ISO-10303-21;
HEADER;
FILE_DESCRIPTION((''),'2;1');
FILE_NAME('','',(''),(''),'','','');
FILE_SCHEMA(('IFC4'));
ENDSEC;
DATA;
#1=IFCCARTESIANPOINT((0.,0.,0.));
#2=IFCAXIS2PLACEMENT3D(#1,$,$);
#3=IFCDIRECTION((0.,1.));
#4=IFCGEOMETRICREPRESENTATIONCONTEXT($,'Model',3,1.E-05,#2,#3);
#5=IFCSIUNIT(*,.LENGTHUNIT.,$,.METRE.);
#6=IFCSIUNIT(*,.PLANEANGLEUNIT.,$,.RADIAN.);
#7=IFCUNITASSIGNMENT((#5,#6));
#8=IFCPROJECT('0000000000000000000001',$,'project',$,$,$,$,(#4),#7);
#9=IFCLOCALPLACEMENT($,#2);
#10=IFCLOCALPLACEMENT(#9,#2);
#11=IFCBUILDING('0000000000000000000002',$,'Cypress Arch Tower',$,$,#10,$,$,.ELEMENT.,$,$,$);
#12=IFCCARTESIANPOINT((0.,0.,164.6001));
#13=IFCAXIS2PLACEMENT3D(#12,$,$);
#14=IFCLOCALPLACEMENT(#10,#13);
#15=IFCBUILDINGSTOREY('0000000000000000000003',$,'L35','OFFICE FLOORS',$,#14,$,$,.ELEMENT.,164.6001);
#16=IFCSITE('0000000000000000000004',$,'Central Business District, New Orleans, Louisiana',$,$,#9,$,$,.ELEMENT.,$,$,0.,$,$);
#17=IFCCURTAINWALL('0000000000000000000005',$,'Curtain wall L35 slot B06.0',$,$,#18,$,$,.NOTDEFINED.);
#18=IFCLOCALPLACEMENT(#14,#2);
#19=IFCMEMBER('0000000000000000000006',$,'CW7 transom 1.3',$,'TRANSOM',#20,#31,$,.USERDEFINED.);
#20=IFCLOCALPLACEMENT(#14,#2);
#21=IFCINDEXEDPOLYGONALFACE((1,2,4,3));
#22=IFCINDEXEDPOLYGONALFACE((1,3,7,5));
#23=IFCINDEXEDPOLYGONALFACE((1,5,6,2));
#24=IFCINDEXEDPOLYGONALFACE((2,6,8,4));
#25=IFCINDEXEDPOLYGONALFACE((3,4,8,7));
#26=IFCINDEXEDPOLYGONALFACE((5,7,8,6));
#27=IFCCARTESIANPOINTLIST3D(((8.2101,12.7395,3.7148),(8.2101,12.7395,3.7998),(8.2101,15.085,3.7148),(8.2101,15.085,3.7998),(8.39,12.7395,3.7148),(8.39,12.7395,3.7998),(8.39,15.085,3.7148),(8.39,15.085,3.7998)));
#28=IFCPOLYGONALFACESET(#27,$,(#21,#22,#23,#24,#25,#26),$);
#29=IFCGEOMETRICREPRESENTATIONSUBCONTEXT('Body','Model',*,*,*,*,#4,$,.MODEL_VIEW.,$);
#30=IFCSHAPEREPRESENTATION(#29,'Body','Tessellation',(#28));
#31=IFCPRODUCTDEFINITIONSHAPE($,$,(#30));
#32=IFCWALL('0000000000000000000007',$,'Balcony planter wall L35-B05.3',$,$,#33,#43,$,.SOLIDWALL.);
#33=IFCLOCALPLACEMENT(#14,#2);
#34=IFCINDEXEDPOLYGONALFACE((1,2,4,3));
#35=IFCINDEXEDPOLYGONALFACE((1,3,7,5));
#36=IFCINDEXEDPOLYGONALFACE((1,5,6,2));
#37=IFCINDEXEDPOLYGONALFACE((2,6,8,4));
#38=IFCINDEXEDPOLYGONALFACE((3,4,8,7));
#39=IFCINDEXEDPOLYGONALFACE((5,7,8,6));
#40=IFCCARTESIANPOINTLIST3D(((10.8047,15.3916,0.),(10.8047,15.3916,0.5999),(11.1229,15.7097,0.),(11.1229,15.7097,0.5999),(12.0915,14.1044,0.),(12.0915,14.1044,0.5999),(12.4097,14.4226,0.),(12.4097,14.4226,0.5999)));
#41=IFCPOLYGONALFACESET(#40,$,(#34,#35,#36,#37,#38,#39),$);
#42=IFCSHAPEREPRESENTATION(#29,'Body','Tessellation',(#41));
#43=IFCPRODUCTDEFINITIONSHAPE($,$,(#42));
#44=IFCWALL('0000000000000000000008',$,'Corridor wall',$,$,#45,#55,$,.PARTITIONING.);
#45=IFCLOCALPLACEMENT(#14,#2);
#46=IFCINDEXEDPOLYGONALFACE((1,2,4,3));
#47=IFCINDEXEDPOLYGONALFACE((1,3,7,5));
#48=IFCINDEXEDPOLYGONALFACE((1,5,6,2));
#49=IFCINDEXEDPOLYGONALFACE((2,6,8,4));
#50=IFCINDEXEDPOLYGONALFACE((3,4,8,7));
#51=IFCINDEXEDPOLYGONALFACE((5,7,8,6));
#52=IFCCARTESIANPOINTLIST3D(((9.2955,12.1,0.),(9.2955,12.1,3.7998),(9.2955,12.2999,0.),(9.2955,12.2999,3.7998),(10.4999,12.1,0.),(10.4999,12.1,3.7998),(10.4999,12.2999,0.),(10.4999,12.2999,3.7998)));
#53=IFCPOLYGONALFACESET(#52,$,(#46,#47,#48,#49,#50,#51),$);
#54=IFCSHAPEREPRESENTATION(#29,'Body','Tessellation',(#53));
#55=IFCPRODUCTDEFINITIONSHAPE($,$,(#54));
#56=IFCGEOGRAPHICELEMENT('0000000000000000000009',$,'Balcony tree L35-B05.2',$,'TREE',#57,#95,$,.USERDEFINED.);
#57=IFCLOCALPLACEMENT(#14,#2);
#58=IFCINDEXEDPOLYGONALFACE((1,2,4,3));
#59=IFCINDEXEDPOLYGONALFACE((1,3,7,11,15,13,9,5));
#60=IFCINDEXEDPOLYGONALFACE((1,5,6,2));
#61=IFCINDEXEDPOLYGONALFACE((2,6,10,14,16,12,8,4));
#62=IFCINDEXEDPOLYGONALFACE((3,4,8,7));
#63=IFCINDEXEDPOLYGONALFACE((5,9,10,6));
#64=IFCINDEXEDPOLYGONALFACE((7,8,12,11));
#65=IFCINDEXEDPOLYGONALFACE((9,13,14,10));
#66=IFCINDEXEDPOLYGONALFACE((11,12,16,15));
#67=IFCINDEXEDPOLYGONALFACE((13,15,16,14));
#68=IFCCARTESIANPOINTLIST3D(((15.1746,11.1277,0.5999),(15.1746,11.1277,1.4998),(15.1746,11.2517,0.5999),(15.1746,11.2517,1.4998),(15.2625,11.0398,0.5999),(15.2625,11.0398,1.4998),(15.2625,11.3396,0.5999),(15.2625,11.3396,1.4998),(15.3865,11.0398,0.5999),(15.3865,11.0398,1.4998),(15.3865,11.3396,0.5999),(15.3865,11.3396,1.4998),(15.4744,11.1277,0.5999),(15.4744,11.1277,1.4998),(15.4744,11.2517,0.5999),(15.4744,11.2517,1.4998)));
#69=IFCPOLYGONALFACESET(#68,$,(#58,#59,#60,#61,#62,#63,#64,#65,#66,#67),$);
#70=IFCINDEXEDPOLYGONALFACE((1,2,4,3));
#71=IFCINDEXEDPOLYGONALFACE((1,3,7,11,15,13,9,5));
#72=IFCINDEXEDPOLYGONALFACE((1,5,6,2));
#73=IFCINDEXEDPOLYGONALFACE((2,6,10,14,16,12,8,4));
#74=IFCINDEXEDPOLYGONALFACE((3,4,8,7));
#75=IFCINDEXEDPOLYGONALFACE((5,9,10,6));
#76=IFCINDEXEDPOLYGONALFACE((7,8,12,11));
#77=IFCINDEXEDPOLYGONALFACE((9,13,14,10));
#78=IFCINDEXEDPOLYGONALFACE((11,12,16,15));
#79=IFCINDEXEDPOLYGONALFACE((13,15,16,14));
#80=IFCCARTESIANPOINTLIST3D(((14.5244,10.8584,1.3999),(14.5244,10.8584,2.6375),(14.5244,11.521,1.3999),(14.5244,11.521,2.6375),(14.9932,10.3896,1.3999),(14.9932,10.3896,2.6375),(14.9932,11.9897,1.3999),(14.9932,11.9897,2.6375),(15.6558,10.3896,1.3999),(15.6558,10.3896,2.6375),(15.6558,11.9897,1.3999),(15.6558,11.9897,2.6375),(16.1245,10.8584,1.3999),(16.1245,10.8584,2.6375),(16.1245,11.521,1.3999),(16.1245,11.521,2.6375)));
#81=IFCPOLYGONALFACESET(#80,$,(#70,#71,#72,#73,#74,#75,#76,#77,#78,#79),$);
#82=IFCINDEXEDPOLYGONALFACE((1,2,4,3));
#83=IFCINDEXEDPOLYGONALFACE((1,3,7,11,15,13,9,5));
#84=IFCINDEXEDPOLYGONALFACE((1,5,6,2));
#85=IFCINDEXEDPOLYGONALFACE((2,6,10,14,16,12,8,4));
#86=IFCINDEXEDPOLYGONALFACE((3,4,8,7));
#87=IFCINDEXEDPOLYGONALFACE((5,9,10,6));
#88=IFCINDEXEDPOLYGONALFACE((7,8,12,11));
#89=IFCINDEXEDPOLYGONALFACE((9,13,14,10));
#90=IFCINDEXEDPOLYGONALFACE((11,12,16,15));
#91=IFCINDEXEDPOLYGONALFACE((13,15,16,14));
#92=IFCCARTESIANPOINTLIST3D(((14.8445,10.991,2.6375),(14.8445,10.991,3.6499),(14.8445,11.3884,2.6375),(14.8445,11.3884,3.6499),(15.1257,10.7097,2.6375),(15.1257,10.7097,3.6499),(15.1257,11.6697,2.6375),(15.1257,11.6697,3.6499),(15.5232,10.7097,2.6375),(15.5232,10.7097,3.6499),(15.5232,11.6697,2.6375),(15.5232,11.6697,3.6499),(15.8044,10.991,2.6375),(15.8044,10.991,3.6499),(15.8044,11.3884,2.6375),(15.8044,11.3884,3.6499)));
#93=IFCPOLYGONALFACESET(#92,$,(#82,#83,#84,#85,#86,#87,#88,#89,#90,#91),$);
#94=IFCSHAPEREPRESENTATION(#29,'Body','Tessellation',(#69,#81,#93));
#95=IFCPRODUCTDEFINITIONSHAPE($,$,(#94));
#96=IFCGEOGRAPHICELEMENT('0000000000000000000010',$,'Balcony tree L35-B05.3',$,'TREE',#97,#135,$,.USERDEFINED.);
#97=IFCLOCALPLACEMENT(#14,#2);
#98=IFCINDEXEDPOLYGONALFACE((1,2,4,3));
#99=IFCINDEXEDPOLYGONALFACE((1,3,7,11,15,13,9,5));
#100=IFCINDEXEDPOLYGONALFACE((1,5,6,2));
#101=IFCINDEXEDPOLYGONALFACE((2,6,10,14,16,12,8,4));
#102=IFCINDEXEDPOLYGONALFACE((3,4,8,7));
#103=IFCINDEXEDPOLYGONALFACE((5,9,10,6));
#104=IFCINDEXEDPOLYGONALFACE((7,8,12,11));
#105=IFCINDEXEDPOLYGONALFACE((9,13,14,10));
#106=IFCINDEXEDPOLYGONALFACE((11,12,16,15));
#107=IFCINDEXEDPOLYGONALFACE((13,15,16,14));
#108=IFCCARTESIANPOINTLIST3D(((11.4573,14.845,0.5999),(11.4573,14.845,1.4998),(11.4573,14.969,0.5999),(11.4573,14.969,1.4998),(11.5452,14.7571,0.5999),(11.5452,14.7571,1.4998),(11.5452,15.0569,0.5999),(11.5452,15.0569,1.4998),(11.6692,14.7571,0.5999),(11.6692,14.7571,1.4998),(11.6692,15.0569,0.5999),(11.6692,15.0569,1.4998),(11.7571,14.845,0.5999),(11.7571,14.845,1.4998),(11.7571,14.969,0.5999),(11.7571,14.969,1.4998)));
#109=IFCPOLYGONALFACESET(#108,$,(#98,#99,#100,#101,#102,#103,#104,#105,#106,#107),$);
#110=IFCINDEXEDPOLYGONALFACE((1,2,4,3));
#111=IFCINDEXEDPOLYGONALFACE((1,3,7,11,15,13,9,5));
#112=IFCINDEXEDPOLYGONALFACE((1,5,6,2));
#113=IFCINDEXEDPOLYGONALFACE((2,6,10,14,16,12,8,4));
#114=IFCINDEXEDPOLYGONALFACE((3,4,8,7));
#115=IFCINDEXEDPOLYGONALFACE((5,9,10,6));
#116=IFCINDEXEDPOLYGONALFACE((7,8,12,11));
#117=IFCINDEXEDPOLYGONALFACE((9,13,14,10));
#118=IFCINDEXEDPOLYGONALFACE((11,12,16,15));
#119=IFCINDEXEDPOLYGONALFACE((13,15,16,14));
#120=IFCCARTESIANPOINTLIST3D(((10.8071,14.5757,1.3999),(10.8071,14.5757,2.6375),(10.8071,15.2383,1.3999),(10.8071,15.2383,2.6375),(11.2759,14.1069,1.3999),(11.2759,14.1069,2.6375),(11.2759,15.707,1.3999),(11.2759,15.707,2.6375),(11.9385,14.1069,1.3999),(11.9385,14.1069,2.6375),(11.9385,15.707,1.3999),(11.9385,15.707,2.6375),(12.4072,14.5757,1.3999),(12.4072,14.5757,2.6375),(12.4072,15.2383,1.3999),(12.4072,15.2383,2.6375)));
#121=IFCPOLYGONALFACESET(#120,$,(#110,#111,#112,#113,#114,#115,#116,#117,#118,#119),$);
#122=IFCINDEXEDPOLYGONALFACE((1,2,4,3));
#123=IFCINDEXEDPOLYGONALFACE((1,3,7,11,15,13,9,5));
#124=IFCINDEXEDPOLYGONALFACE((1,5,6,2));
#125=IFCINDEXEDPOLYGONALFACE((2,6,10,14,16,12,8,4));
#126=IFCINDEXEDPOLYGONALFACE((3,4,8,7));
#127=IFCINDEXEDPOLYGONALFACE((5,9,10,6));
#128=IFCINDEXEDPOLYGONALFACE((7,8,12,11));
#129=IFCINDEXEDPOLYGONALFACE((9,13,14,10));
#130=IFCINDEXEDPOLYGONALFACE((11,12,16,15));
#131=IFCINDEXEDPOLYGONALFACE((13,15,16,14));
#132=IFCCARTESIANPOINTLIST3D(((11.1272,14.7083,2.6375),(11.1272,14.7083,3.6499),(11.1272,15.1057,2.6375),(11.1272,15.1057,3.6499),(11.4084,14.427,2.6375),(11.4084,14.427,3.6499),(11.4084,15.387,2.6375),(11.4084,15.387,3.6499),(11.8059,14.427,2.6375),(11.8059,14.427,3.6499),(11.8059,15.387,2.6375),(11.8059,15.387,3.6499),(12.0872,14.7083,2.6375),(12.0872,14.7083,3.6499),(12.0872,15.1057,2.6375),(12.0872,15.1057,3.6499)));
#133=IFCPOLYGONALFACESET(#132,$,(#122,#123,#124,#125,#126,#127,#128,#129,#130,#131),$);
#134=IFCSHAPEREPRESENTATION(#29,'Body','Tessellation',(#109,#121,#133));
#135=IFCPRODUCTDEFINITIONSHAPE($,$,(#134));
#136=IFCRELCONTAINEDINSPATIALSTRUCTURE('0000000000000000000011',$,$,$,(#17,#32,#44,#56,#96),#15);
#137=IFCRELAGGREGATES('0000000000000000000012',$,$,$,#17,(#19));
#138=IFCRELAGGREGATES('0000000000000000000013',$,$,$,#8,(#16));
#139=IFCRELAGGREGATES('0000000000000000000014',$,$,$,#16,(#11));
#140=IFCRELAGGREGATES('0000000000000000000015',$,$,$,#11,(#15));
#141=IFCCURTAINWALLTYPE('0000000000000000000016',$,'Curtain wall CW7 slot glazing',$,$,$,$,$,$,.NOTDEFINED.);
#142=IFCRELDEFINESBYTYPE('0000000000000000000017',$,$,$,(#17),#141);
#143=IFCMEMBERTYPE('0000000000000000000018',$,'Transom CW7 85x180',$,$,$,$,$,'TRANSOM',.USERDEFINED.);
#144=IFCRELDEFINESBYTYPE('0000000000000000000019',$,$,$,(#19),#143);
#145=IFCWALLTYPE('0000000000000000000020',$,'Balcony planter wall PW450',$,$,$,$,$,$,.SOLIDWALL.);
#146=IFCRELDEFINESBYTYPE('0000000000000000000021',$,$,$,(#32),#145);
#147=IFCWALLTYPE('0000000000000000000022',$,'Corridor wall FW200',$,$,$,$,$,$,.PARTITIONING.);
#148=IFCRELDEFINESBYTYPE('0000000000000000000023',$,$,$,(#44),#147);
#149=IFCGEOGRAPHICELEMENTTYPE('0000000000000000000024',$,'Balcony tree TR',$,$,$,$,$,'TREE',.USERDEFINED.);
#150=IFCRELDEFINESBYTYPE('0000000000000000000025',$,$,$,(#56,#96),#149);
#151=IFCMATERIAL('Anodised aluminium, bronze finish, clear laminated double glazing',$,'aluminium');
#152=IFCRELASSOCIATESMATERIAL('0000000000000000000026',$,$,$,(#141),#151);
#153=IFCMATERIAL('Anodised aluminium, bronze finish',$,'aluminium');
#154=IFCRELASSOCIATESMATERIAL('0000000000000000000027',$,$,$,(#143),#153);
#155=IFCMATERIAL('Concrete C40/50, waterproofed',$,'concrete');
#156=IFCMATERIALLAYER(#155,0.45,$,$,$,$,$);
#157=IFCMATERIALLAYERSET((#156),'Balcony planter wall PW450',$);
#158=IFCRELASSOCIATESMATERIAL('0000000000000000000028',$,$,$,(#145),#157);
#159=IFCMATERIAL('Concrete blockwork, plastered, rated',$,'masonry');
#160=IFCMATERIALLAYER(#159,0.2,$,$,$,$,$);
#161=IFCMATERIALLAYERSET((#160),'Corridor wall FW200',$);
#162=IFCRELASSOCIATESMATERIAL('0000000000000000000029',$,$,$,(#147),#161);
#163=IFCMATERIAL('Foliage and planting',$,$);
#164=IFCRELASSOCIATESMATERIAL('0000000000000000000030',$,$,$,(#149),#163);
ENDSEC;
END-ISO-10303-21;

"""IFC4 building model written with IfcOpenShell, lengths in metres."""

from ifc_helpers import new_model, si_unit, direction, frame, frame_2d, origin, origin_2d, place, context, subcontext, project, spatial, polyline, rectangle, outline, extrude, material, layer, layer_set, material_profile, profile_set, type_object, element, aggregate, save


model = new_model("IFC4")

# Units and contexts
model_context = context("Model", 3, precision=1e-05, world=origin(), true_north=direction((0.0, 1.0)))
body_context = subcontext(model_context, "Body", "Model", "MODEL_VIEW")
ifc_project = project(units=[si_unit("LENGTHUNIT", "METRE"), si_unit("PLANEANGLEUNIT", "RADIAN")], contexts=[model_context])

# Site, building, storey
site_placement = place(None, origin())
site = spatial("IfcSite", under=ifc_project, at=site_placement, Name="Central Business District, New Orleans, Louisiana", CompositionType="ELEMENT", RefElevation=0.0)
building_placement = place(site_placement, origin())
building = spatial("IfcBuilding", under=site, at=building_placement, Name="Cypress Arch Tower", CompositionType="ELEMENT")
storey_placement = place(building_placement, frame((0.0, 0.0, 164.6001)))
storey = spatial("IfcBuildingStorey", under=building, at=storey_placement, Name="L35", Description="OFFICE FLOORS", CompositionType="ELEMENT", Elevation=164.6001)

# Curtain wall
ifc_material_1 = material(Name="Anodised aluminium, bronze finish, clear laminated double glazing", Category="aluminium")
curtain_wall_type = type_object("IfcCurtainWallType", Name="Curtain wall CW7 slot glazing", PredefinedType="NOTDEFINED", material=ifc_material_1)
curtain_wall_placement = place(storey_placement, origin())
curtain_wall = element("IfcCurtainWall", 1, at=curtain_wall_placement, inside=storey, type_object=curtain_wall_type, Name="Curtain wall L35 slot B06.0", PredefinedType="NOTDEFINED")

# Member
ifc_material_2 = material(Name="Anodised aluminium, bronze finish", Category="aluminium")
ifc_material_profile_1 = material_profile(ifc_material_2, rectangle(XDim=0.1799, YDim=0.085, at=origin_2d()), Name="Transom 85x180")
ifc_profile_set_1 = profile_set([ifc_material_profile_1], Name="Anodised aluminium, bronze finish")
member_type_1 = type_object("IfcMemberType", Name="Transom CW7 85x180", ElementType="TRANSOM", PredefinedType="USERDEFINED", material=ifc_profile_set_1)
member_1_placement = place(storey_placement, frame((8.3, 15.085, 3.7573), z_axis=(0.0, -1.0, 0.0), x_axis=(1.0, 0.0, 0.0)))
member_1 = element("IfcMember", 2, at=member_1_placement, type_object=member_type_1, Name="CW7 transom 1.3", ObjectType="TRANSOM", PredefinedType="USERDEFINED", context=body_context, shape_type="SweptSolid", body=[
    extrude(rectangle(XDim=0.1799, YDim=0.085, at=origin_2d()), origin(), (0.0, 0.0, 1.0), 2.3455),
])
aggregate(curtain_wall, [member_1])

# Wall
ifc_material_3 = material(Name="Concrete C40/50, waterproofed", Category="concrete")
ifc_layer_1 = layer(ifc_material_3, 0.45)
ifc_layer_set_1 = layer_set([ifc_layer_1], Name="Balcony planter wall PW450")
wall_type_1 = type_object("IfcWallType", Name="Balcony planter wall PW450", PredefinedType="SOLIDWALL", material=ifc_layer_set_1)
wall_1_placement = place(storey_placement, frame((12.2507, 14.2634, 0.0), z_axis=(0.0, 0.0, 1.0), x_axis=(-0.70704, 0.707174, 0.0)))
element("IfcWall", 3, at=wall_1_placement, inside=storey, type_object=wall_type_1, Name="Balcony planter wall L35-B05.3", PredefinedType="SOLIDWALL", context=body_context, shape_type="SweptSolid", body=[
    extrude(rectangle(XDim=1.8201, YDim=0.45, at=frame_2d((0.9102, 0.0))), origin(), (0.0, 0.0, 1.0), 0.5999),
])

# Wall
ifc_material_4 = material(Name="Concrete blockwork, plastered, rated", Category="masonry")
ifc_layer_2 = layer(ifc_material_4, 0.2)
ifc_layer_set_2 = layer_set([ifc_layer_2], Name="Corridor wall FW200")
wall_type_2 = type_object("IfcWallType", Name="Corridor wall FW200", PredefinedType="PARTITIONING", material=ifc_layer_set_2)
wall_2_placement = place(storey_placement, frame((9.2957, 12.2, 0.0), z_axis=(0.0, 0.0, 1.0), x_axis=(1.0, 0.0, 0.0)))
element("IfcWall", 4, at=wall_2_placement, inside=storey, type_object=wall_type_2, Name="Corridor wall", PredefinedType="PARTITIONING", context=body_context, shape_type="SweptSolid", body=[
    extrude(rectangle(XDim=1.2043, YDim=0.2, at=frame_2d((0.6021, 0.0))), origin(), (0.0, 0.0, 1.0), 3.7998),
])

# Geographic elements
ifc_material_5 = material(Name="Foliage and planting")
geographic_element_type = type_object("IfcGeographicElementType", Name="Balcony tree TR", ElementType="TREE", PredefinedType="USERDEFINED", material=ifc_material_5)
for number, where, z_axis, x_axis, name in (
    (5, (15.3245, 11.1897, 0.5999), (0.0, 0.0, 1.0), (1.0, 0.0, 0.0), "Balcony tree L35-B05.2"),
    (6, (11.6072, 14.907, 0.5999), (0.0, 0.0, 1.0), (1.0, 0.0, 0.0), "Balcony tree L35-B05.3"),
):
    element("IfcGeographicElement", number, at=place(storey_placement, frame(where, z_axis=z_axis, x_axis=x_axis)), inside=storey, type_object=geographic_element_type, Name=name, ObjectType="TREE", PredefinedType="USERDEFINED", context=body_context, shape_type="SweptSolid", body=[
        extrude(outline(polyline([(0.1499, 0.062), (0.062, 0.1499), (-0.062, 0.1499), (-0.1499, 0.062), (-0.1499, -0.062), (-0.062, -0.1499), (0.062, -0.1499), (0.1499, -0.062), (0.1499, 0.062)])), origin(), (0.0, 0.0, 1.0), 0.8999),
        extrude(outline(polyline([(0.8, 0.3313), (0.3313, 0.8), (-0.3313, 0.8), (-0.8, 0.3313), (-0.8, -0.3313), (-0.3313, -0.8), (0.3313, -0.8), (0.8, -0.3313), (0.8, 0.3313)])), frame((0.0, 0.0, 0.8)), (0.0, 0.0, 1.0), 1.2375),
        extrude(outline(polyline([(0.48, 0.1987), (0.1987, 0.48), (-0.1987, 0.48), (-0.48, 0.1987), (-0.48, -0.1987), (-0.1987, -0.48), (0.1987, -0.48), (0.48, -0.1987), (0.48, 0.1987)])), frame((0.0, 0.0, 2.0376)), (0.0, 0.0, 1.0), 1.0125),
    ])

save(model, "model.ifc")
